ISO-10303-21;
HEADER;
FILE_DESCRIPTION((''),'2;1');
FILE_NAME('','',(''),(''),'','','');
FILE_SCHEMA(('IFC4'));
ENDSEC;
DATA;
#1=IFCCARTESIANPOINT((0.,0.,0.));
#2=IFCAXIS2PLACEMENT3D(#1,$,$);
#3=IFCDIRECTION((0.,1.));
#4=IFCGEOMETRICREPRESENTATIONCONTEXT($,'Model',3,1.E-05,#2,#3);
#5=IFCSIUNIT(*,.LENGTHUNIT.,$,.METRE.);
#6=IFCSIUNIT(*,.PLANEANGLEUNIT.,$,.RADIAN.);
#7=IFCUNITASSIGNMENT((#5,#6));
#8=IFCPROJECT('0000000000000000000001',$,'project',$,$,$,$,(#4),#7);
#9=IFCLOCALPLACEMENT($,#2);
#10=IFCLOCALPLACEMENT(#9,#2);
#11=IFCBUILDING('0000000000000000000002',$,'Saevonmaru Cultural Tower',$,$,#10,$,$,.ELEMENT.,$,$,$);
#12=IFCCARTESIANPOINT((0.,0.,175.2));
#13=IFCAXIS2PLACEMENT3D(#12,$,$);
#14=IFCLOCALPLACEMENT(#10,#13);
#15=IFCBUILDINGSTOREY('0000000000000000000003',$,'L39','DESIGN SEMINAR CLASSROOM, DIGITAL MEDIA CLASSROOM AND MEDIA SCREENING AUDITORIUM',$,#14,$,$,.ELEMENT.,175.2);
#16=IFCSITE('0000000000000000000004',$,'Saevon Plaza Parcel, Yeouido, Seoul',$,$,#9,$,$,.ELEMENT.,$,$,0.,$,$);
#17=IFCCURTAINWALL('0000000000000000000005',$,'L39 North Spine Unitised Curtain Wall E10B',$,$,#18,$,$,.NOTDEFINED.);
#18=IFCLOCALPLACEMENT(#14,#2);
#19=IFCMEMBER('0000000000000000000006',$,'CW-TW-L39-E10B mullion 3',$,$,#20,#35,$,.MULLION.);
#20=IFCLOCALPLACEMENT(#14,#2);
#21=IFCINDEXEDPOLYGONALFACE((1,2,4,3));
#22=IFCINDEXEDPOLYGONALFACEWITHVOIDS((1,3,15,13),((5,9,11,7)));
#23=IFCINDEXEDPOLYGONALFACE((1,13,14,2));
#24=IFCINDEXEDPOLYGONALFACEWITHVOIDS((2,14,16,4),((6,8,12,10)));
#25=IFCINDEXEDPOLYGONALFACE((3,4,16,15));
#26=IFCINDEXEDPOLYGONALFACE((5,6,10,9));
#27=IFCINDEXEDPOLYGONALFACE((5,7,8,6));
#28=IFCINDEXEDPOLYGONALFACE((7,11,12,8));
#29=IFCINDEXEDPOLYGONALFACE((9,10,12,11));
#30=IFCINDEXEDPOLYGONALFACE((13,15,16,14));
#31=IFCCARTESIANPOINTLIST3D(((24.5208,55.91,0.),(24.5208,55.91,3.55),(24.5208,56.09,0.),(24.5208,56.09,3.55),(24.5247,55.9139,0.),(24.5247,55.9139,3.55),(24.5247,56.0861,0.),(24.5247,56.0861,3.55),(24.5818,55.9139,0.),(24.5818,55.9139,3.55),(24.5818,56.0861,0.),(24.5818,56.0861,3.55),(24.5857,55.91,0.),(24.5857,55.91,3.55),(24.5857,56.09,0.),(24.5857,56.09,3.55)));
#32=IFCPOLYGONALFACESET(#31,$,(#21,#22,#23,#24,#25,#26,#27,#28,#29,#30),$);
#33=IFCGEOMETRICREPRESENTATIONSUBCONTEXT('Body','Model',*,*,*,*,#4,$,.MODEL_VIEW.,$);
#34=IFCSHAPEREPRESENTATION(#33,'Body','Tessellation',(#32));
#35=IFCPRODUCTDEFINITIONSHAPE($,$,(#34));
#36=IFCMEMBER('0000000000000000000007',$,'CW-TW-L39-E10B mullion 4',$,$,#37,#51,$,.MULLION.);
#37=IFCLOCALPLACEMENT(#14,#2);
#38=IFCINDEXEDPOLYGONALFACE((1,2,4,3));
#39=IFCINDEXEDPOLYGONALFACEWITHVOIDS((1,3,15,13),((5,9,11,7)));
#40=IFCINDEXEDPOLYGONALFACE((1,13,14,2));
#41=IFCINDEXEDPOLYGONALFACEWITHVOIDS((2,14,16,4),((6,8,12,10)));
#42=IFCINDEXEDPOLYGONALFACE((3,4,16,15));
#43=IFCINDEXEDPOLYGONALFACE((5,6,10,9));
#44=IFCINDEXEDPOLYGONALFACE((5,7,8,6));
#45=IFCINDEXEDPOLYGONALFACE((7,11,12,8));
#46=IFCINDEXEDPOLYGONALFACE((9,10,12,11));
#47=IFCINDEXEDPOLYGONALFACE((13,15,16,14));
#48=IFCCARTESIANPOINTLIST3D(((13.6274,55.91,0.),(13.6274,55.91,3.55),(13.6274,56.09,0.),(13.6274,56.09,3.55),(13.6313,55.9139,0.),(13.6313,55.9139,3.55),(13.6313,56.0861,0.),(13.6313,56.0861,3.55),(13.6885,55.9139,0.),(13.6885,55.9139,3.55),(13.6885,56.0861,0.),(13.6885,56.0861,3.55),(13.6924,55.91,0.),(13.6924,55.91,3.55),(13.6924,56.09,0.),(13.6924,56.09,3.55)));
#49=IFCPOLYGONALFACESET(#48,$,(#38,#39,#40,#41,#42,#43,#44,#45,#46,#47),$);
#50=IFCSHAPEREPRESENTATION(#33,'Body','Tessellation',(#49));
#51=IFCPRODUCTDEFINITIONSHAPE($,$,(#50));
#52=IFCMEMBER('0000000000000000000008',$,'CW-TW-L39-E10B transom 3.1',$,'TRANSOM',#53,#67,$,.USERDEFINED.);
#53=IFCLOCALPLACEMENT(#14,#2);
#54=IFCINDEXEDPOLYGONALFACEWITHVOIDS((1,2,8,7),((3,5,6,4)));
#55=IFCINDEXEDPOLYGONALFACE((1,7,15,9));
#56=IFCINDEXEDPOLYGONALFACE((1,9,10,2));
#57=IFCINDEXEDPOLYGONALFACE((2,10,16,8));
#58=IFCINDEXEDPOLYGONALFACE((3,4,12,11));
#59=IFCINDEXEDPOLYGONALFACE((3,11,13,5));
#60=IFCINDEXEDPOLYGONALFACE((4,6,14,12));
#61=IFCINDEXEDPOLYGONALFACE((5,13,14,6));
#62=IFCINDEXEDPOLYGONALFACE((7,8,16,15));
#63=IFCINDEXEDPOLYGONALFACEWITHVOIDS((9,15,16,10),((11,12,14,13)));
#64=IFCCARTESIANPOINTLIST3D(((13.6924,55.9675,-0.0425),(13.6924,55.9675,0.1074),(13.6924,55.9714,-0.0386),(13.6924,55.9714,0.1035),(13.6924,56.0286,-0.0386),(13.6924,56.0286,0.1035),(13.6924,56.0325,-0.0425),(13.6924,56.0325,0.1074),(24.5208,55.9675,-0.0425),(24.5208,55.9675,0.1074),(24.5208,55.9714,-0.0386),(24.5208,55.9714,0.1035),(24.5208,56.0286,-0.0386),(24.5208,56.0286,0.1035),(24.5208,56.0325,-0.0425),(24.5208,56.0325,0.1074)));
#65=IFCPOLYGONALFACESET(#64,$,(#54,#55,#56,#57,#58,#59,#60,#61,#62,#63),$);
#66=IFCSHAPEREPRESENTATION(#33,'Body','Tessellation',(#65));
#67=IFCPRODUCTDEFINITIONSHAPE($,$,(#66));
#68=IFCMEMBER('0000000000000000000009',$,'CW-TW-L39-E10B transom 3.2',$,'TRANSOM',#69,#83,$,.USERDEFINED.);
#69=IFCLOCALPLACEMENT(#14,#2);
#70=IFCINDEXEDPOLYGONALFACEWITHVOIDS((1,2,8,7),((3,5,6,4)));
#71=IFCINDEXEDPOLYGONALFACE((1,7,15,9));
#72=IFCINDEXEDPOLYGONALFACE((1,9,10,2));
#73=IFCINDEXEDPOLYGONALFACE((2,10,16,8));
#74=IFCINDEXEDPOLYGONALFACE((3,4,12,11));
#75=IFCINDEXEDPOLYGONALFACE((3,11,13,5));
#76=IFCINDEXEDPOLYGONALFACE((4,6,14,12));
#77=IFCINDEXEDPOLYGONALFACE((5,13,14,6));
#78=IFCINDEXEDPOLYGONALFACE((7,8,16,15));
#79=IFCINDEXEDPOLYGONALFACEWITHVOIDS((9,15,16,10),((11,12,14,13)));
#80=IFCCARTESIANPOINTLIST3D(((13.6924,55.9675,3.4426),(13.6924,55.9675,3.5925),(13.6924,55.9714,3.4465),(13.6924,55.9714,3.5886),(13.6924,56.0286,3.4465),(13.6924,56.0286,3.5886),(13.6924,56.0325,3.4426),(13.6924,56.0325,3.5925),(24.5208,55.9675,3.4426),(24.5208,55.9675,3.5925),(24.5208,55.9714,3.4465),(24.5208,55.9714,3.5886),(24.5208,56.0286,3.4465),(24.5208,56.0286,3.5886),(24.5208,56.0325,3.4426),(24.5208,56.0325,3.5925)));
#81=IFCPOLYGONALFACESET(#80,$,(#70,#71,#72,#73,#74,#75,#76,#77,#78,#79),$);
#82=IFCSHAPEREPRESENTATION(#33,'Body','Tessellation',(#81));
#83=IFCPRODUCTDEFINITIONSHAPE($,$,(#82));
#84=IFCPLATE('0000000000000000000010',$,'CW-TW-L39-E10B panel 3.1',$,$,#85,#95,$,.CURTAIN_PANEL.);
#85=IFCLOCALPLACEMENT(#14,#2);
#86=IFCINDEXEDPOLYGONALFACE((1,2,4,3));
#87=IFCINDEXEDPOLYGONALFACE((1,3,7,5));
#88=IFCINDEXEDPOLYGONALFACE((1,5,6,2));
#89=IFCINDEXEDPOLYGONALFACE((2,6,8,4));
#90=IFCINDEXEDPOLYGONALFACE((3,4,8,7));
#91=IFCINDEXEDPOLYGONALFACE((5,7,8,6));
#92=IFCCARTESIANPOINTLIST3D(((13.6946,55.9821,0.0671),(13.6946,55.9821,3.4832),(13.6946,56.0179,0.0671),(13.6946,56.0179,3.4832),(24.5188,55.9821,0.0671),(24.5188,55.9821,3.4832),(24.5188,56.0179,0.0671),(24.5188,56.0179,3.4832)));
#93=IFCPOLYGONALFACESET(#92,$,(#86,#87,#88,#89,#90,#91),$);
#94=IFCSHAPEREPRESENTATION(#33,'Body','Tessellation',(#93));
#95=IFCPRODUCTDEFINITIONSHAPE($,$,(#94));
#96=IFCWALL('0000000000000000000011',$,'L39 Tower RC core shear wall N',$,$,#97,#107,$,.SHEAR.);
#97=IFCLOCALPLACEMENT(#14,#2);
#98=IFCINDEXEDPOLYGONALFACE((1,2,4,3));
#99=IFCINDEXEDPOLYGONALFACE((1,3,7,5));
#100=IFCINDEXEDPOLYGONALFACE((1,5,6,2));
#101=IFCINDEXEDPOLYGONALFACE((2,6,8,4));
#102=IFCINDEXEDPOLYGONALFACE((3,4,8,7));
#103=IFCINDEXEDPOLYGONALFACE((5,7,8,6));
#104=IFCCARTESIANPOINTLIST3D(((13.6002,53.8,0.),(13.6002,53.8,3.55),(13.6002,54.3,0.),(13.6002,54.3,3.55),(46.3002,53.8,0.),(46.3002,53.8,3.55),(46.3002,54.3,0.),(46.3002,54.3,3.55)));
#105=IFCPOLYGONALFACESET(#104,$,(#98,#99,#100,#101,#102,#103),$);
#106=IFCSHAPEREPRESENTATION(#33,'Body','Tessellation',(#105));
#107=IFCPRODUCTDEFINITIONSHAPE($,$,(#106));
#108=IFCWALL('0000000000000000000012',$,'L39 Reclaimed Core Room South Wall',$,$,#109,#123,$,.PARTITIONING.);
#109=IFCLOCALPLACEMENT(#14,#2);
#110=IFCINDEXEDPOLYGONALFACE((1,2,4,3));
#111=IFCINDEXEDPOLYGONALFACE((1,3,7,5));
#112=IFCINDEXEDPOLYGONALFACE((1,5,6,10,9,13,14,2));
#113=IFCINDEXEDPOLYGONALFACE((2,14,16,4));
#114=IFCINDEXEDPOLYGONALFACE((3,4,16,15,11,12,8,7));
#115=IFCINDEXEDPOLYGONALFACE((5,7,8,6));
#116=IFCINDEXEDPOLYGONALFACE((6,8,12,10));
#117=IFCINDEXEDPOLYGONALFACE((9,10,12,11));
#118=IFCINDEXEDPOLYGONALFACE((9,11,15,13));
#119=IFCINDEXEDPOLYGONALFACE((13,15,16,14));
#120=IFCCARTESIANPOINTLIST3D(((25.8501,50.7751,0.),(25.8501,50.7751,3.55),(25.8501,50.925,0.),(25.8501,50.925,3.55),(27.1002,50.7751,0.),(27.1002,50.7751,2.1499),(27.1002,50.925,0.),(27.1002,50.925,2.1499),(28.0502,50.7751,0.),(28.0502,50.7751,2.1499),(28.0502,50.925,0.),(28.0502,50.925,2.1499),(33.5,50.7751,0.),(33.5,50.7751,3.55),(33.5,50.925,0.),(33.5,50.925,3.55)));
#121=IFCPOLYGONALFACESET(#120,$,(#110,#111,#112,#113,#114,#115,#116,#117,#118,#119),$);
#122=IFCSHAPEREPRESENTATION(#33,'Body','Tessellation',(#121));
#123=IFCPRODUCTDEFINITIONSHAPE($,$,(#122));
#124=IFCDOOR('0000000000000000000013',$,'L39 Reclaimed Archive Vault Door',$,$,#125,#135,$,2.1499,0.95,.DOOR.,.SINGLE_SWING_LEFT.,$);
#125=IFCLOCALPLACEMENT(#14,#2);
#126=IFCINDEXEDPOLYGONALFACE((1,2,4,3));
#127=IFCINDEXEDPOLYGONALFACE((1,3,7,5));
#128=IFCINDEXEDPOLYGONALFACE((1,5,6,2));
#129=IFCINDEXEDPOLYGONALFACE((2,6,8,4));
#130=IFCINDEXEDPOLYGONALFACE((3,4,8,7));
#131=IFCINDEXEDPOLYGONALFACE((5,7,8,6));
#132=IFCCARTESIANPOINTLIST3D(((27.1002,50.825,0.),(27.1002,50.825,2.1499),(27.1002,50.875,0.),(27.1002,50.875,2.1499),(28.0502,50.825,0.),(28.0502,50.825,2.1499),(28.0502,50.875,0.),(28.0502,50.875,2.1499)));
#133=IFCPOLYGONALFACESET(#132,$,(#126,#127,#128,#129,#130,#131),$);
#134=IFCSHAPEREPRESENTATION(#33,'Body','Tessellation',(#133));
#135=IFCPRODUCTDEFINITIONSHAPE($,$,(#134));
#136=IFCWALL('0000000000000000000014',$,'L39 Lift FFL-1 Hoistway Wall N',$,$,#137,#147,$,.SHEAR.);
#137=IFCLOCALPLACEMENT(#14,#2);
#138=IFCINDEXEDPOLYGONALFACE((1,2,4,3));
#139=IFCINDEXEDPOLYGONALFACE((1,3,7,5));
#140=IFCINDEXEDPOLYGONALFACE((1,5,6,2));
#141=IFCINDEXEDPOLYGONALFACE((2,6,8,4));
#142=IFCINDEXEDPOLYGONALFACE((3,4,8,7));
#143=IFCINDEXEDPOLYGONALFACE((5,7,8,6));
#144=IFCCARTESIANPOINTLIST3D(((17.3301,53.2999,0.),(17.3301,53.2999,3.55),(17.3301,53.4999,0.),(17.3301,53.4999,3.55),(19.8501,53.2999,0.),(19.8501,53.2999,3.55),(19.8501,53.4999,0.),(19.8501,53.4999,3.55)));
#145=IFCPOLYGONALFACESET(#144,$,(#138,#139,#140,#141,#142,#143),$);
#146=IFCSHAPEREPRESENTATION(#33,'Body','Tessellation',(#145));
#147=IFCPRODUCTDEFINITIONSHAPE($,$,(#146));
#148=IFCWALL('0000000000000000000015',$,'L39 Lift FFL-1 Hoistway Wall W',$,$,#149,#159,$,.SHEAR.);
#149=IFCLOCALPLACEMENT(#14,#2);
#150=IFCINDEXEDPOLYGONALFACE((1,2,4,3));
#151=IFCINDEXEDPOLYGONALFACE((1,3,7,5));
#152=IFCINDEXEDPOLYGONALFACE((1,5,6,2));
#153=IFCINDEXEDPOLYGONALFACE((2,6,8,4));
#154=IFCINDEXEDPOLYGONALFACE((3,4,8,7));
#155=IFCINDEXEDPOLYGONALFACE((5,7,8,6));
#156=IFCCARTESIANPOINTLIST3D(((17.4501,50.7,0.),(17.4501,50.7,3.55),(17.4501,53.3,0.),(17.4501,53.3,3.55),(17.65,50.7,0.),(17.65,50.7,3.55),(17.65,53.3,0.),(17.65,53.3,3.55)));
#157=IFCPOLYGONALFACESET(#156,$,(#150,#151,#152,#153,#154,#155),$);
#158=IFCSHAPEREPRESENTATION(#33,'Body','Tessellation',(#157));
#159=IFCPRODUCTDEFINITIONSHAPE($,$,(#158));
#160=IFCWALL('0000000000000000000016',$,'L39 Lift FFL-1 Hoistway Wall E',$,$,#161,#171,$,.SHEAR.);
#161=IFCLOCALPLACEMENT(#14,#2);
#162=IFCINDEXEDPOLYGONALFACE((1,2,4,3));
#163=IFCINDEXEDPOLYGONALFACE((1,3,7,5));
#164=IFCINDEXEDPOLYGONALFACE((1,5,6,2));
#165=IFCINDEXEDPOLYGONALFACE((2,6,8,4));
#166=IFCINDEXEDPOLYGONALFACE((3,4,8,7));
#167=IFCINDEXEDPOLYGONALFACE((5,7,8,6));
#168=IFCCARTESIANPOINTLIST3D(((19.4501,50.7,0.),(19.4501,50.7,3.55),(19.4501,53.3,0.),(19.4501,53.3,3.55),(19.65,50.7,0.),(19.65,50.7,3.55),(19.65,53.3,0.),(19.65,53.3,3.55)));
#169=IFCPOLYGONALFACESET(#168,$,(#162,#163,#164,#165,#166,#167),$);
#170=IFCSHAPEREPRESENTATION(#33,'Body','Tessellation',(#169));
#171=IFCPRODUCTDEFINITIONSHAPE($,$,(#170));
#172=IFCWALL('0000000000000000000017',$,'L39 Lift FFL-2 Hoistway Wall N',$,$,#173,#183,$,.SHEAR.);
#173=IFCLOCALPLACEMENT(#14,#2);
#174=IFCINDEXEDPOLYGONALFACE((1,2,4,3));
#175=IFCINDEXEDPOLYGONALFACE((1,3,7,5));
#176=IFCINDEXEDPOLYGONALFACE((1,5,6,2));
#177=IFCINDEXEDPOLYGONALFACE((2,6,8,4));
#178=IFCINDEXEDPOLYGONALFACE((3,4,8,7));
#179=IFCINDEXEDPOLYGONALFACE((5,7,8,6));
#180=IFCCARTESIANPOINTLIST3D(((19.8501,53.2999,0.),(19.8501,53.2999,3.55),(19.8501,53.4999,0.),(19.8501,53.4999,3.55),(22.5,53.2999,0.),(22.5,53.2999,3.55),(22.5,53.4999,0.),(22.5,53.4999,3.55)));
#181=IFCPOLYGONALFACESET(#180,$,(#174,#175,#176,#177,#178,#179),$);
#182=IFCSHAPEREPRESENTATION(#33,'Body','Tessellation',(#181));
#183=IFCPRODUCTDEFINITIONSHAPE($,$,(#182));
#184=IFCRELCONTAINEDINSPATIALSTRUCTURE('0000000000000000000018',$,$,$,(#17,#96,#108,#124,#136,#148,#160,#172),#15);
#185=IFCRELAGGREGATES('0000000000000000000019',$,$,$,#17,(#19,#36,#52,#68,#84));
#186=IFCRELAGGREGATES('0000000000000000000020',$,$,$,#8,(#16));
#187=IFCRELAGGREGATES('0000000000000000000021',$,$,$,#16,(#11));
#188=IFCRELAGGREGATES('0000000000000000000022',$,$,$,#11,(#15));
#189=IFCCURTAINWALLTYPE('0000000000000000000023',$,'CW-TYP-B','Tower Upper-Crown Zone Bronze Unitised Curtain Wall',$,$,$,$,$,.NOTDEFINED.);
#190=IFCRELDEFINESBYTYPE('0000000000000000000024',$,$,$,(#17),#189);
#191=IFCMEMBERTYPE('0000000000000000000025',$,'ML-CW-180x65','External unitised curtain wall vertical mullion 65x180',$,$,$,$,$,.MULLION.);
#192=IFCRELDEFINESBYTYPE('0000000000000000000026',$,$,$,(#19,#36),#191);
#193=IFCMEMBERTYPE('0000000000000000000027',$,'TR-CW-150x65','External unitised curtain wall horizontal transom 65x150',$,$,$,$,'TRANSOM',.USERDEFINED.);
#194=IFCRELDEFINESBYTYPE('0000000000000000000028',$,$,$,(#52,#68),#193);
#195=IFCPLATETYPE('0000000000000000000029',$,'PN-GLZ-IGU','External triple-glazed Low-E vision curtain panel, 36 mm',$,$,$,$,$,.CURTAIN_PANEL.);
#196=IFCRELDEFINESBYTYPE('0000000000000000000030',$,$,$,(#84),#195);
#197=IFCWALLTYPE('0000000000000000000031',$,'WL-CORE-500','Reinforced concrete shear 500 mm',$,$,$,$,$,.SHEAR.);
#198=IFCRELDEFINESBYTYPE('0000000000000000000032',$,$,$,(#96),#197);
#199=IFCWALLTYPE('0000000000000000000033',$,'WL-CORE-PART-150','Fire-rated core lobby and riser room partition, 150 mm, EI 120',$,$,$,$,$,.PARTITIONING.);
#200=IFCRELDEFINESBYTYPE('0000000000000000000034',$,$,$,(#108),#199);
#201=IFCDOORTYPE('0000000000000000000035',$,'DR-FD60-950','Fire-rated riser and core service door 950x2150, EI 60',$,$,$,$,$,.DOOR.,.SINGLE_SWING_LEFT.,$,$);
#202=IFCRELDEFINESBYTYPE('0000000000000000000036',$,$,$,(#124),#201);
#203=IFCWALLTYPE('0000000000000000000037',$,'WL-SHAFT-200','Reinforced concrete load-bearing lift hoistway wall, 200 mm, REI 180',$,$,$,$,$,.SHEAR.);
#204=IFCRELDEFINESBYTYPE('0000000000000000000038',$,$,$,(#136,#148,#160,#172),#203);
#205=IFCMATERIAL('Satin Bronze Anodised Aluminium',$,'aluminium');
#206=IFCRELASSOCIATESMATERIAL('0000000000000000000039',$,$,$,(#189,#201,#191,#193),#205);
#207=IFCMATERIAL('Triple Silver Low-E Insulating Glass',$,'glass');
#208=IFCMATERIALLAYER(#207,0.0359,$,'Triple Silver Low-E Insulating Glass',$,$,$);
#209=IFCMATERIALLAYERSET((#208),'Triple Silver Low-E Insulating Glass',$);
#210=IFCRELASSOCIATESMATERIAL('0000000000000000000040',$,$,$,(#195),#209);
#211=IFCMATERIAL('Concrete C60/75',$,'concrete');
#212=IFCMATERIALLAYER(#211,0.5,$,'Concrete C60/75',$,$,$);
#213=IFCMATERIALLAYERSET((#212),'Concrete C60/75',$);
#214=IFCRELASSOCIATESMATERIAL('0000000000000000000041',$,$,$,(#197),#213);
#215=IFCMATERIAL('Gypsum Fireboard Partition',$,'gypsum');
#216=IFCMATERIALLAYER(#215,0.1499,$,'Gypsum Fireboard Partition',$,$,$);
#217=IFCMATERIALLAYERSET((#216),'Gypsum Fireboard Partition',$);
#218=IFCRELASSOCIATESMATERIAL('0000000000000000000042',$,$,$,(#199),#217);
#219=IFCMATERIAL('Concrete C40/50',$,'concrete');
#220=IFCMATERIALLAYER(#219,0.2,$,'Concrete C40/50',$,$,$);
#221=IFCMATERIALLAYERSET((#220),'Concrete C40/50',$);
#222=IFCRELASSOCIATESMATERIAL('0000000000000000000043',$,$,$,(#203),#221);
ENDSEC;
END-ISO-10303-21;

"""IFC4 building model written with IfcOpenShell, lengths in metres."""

from ifc_helpers import new_model, si_unit, direction, frame, frame_2d, origin, origin_2d, place, context, subcontext, project, spatial, rectangle, hollow_rectangle, extrude, material, layer, layer_set, material_profile, profile_set, type_object, element, fill, aggregate, save


model = new_model("IFC4")

# Units and contexts
model_context = context("Model", 3, precision=1e-05, world=origin(), true_north=direction((0.0, 1.0)))
body_context = subcontext(model_context, "Body", "Model", "MODEL_VIEW")
ifc_project = project(units=[si_unit("LENGTHUNIT", "METRE"), si_unit("PLANEANGLEUNIT", "RADIAN")], contexts=[model_context])

# Site, building, storey
site_placement = place(None, origin())
site = spatial("IfcSite", under=ifc_project, at=site_placement, Name="Saevon Plaza Parcel, Yeouido, Seoul", CompositionType="ELEMENT", RefElevation=0.0)
building_placement = place(site_placement, origin())
building = spatial("IfcBuilding", under=site, at=building_placement, Name="Saevonmaru Cultural Tower", CompositionType="ELEMENT")
storey_placement = place(building_placement, frame((0.0, 0.0, 175.2)))
storey = spatial("IfcBuildingStorey", under=building, at=storey_placement, Name="L39", Description="DESIGN SEMINAR CLASSROOM, DIGITAL MEDIA CLASSROOM AND MEDIA SCREENING AUDITORIUM", CompositionType="ELEMENT", Elevation=175.2)

# Curtain wall, members, plate
ifc_material_1 = material(Name="Satin Bronze Anodised Aluminium", Category="aluminium")
curtain_wall_type = type_object("IfcCurtainWallType", Name="CW-TYP-B", Description="Tower Upper-Crown Zone Bronze Unitised Curtain Wall", PredefinedType="NOTDEFINED", material=ifc_material_1)
curtain_wall_placement = place(storey_placement, origin())
curtain_wall = element("IfcCurtainWall", 1, at=curtain_wall_placement, inside=storey, type_object=curtain_wall_type, Name="L39 North Spine Unitised Curtain Wall E10B", PredefinedType="NOTDEFINED")
ifc_material_profile_1 = material_profile(ifc_material_1, hollow_rectangle(XDim=0.0649, YDim=0.1799, WallThickness=0.0039, at=origin_2d()), Name="ALU-MULL-180x65x4")
ifc_profile_set_1 = profile_set([ifc_material_profile_1], Name="Satin Bronze Anodised Aluminium")
member_type_1 = type_object("IfcMemberType", Name="ML-CW-180x65", Description="External unitised curtain wall vertical mullion 65x180", PredefinedType="MULLION", material=ifc_profile_set_1)
member_1_placement = place(storey_placement, frame((24.5532, 56.0, 0.0), z_axis=(0.0, 0.0, 1.0), x_axis=(-1.0, 0.0, 0.0)))
member_1 = element("IfcMember", 2, at=member_1_placement, type_object=member_type_1, Name="CW-TW-L39-E10B mullion 3", PredefinedType="MULLION", context=body_context, shape_type="SweptSolid", body=[
    extrude(hollow_rectangle(XDim=0.0649, YDim=0.1799, WallThickness=0.0039, at=origin_2d()), origin(), (0.0, 0.0, 1.0), 3.55),
])
member_2_placement = place(storey_placement, frame((13.6599, 56.0, 0.0), z_axis=(0.0, 0.0, 1.0), x_axis=(-1.0, 0.0, 0.0)))
member_2 = element("IfcMember", 3, at=member_2_placement, type_object=member_type_1, Name="CW-TW-L39-E10B mullion 4", PredefinedType="MULLION", context=body_context, shape_type="SweptSolid", body=[
    extrude(hollow_rectangle(XDim=0.0649, YDim=0.1799, WallThickness=0.0039, at=origin_2d()), origin(), (0.0, 0.0, 1.0), 3.55),
])
ifc_material_profile_2 = material_profile(ifc_material_1, hollow_rectangle(XDim=0.0649, YDim=0.1499, WallThickness=0.0039, at=origin_2d()), Name="ALU-TRAN-150x65x4")
ifc_profile_set_2 = profile_set([ifc_material_profile_2], Name="Satin Bronze Anodised Aluminium")
member_type_2 = type_object("IfcMemberType", Name="TR-CW-150x65", Description="External unitised curtain wall horizontal transom 65x150", ElementType="TRANSOM", PredefinedType="USERDEFINED", material=ifc_profile_set_2)
member_3_placement = place(storey_placement, frame((24.5208, 56.0, 0.0325), z_axis=(-1.0, 0.0, 0.0), x_axis=(0.0, -1.0, 0.0)))
member_3 = element("IfcMember", 4, at=member_3_placement, type_object=member_type_2, Name="CW-TW-L39-E10B transom 3.1", ObjectType="TRANSOM", PredefinedType="USERDEFINED", context=body_context, shape_type="SweptSolid", body=[
    extrude(hollow_rectangle(XDim=0.0649, YDim=0.1499, WallThickness=0.0039, at=origin_2d()), origin(), (0.0, 0.0, 1.0), 10.8284),
])
member_4_placement = place(storey_placement, frame((24.5208, 56.0, 3.5176), z_axis=(-1.0, 0.0, 0.0), x_axis=(0.0, -1.0, 0.0)))
member_4 = element("IfcMember", 5, at=member_4_placement, type_object=member_type_2, Name="CW-TW-L39-E10B transom 3.2", ObjectType="TRANSOM", PredefinedType="USERDEFINED", context=body_context, shape_type="SweptSolid", body=[
    extrude(hollow_rectangle(XDim=0.0649, YDim=0.1499, WallThickness=0.0039, at=origin_2d()), origin(), (0.0, 0.0, 1.0), 10.8284),
])
ifc_material_2 = material(Name="Triple Silver Low-E Insulating Glass", Category="glass")
ifc_layer_1 = layer(ifc_material_2, 0.0359, Name="Triple Silver Low-E Insulating Glass")
ifc_layer_set_1 = layer_set([ifc_layer_1], Name="Triple Silver Low-E Insulating Glass")
plate_type = type_object("IfcPlateType", Name="PN-GLZ-IGU", Description="External triple-glazed Low-E vision curtain panel, 36 mm", PredefinedType="CURTAIN_PANEL", material=ifc_layer_set_1)
plate_placement = place(storey_placement, frame((19.1067, 56.0, 0.0671), z_axis=(0.0, 0.0, 1.0), x_axis=(-1.0, 0.0, 0.0)))
plate = element("IfcPlate", 6, at=plate_placement, type_object=plate_type, Name="CW-TW-L39-E10B panel 3.1", PredefinedType="CURTAIN_PANEL", context=body_context, shape_type="SweptSolid", body=[
    extrude(rectangle(XDim=10.8242, YDim=0.0359, at=origin_2d()), origin(), (0.0, 0.0, 1.0), 3.416),
])
aggregate(curtain_wall, [member_1, member_2, member_3, member_4, plate])

# Wall
ifc_material_3 = material(Name="Concrete C60/75", Category="concrete")
ifc_layer_2 = layer(ifc_material_3, 0.5, Name="Concrete C60/75")
ifc_layer_set_2 = layer_set([ifc_layer_2], Name="Concrete C60/75")
wall_type_1 = type_object("IfcWallType", Name="WL-CORE-500", Description="Reinforced concrete shear 500 mm", PredefinedType="SHEAR", material=ifc_layer_set_2)
wall_1_placement = place(storey_placement, frame((13.6001, 54.05, 0.0), z_axis=(0.0, 0.0, 1.0), x_axis=(1.0, 0.0, 0.0)))
element("IfcWall", 7, at=wall_1_placement, inside=storey, type_object=wall_type_1, Name="L39 Tower RC core shear wall N", PredefinedType="SHEAR", context=body_context, shape_type="SweptSolid", body=[
    extrude(rectangle(XDim=32.7, YDim=0.5, at=frame_2d((16.3501, 0.0))), origin(), (0.0, 0.0, 1.0), 3.55),
])

# Wall, opening, door
ifc_material_4 = material(Name="Gypsum Fireboard Partition", Category="gypsum")
ifc_layer_3 = layer(ifc_material_4, 0.1499, Name="Gypsum Fireboard Partition")
ifc_layer_set_3 = layer_set([ifc_layer_3], Name="Gypsum Fireboard Partition")
wall_type_2 = type_object("IfcWallType", Name="WL-CORE-PART-150", Description="Fire-rated core lobby and riser room partition, 150 mm, EI 120", PredefinedType="PARTITIONING", material=ifc_layer_set_3)
wall_2_placement = place(storey_placement, frame((25.8501, 50.8501, 0.0), z_axis=(0.0, 0.0, 1.0), x_axis=(1.0, 0.0, 0.0)))
wall_2 = element("IfcWall", 8, at=wall_2_placement, inside=storey, type_object=wall_type_2, Name="L39 Reclaimed Core Room South Wall", PredefinedType="PARTITIONING", context=body_context, shape_type="SweptSolid", body=[
    extrude(rectangle(XDim=7.6499, YDim=0.1499, at=frame_2d((3.825, 0.0))), origin(), (0.0, 0.0, 1.0), 3.55),
])
opening_placement = place(wall_2_placement, frame((1.25, 0.0, 0.0)))
opening = element("IfcOpeningElement", 9, at=opening_placement, cuts=wall_2, PredefinedType="OPENING", context=body_context, shape_type="SweptSolid", body=[
    extrude(rectangle(XDim=0.95, YDim=2.1499, at=frame_2d((0.4751, 1.075))), frame((0.0, 0.085, 0.0), z_axis=(0.0, -1.0, 0.0), x_axis=(1.0, 0.0, 0.0)), (0.0, 0.0, 1.0), 0.1699),
])
door_type = type_object("IfcDoorType", Name="DR-FD60-950", Description="Fire-rated riser and core service door 950x2150, EI 60", OperationType="SINGLE_SWING_LEFT", PredefinedType="DOOR", material=ifc_material_1)
door_placement = place(opening_placement, origin())
door = element("IfcDoor", 10, at=door_placement, inside=storey, type_object=door_type, Name="L39 Reclaimed Archive Vault Door", OperationType="SINGLE_SWING_LEFT", OverallHeight=2.1499, OverallWidth=0.95, PredefinedType="DOOR", context=body_context, shape_type="SweptSolid", body=[
    extrude(rectangle(XDim=0.95, YDim=2.1499, at=frame_2d((0.4751, 1.075))), frame((0.0, 0.0249, 0.0), z_axis=(0.0, -1.0, 0.0), x_axis=(1.0, 0.0, 0.0)), (0.0, 0.0, 1.0), 0.05),
])
fill(opening, door)

# Walls
ifc_material_5 = material(Name="Concrete C40/50", Category="concrete")
ifc_layer_4 = layer(ifc_material_5, 0.2, Name="Concrete C40/50")
ifc_layer_set_4 = layer_set([ifc_layer_4], Name="Concrete C40/50")
wall_type_3 = type_object("IfcWallType", Name="WL-SHAFT-200", Description="Reinforced concrete load-bearing lift hoistway wall, 200 mm, REI 180", PredefinedType="SHEAR", material=ifc_layer_set_4)
wall_3_placement = place(storey_placement, frame((17.3301, 53.3999, 0.0), z_axis=(0.0, 0.0, 1.0), x_axis=(1.0, 0.0, 0.0)))
element("IfcWall", 11, at=wall_3_placement, inside=storey, type_object=wall_type_3, Name="L39 Lift FFL-1 Hoistway Wall N", PredefinedType="SHEAR", context=body_context, shape_type="SweptSolid", body=[
    extrude(rectangle(XDim=2.52, YDim=0.2, at=frame_2d((1.26, 0.0))), origin(), (0.0, 0.0, 1.0), 3.55),
])
for number, where, z_axis, x_axis, name in (
    (12, (17.55, 50.7, 0.0), (0.0, 0.0, 1.0), (0.0, 1.0, 0.0), "L39 Lift FFL-1 Hoistway Wall W"),
    (13, (19.55, 50.7, 0.0), (0.0, 0.0, 1.0), (0.0, 1.0, 0.0), "L39 Lift FFL-1 Hoistway Wall E"),
):
    element("IfcWall", number, at=place(storey_placement, frame(where, z_axis=z_axis, x_axis=x_axis)), inside=storey, type_object=wall_type_3, Name=name, PredefinedType="SHEAR", context=body_context, shape_type="SweptSolid", body=[
        extrude(rectangle(XDim=2.6001, YDim=0.2, at=frame_2d((1.3, 0.0))), origin(), (0.0, 0.0, 1.0), 3.55),
    ])
wall_4_placement = place(storey_placement, frame((19.8501, 53.3999, 0.0), z_axis=(0.0, 0.0, 1.0), x_axis=(1.0, 0.0, 0.0)))
element("IfcWall", 14, at=wall_4_placement, inside=storey, type_object=wall_type_3, Name="L39 Lift FFL-2 Hoistway Wall N", PredefinedType="SHEAR", context=body_context, shape_type="SweptSolid", body=[
    extrude(rectangle(XDim=2.6499, YDim=0.2, at=frame_2d((1.325, 0.0))), origin(), (0.0, 0.0, 1.0), 3.55),
])

save(model, "model.ifc")
